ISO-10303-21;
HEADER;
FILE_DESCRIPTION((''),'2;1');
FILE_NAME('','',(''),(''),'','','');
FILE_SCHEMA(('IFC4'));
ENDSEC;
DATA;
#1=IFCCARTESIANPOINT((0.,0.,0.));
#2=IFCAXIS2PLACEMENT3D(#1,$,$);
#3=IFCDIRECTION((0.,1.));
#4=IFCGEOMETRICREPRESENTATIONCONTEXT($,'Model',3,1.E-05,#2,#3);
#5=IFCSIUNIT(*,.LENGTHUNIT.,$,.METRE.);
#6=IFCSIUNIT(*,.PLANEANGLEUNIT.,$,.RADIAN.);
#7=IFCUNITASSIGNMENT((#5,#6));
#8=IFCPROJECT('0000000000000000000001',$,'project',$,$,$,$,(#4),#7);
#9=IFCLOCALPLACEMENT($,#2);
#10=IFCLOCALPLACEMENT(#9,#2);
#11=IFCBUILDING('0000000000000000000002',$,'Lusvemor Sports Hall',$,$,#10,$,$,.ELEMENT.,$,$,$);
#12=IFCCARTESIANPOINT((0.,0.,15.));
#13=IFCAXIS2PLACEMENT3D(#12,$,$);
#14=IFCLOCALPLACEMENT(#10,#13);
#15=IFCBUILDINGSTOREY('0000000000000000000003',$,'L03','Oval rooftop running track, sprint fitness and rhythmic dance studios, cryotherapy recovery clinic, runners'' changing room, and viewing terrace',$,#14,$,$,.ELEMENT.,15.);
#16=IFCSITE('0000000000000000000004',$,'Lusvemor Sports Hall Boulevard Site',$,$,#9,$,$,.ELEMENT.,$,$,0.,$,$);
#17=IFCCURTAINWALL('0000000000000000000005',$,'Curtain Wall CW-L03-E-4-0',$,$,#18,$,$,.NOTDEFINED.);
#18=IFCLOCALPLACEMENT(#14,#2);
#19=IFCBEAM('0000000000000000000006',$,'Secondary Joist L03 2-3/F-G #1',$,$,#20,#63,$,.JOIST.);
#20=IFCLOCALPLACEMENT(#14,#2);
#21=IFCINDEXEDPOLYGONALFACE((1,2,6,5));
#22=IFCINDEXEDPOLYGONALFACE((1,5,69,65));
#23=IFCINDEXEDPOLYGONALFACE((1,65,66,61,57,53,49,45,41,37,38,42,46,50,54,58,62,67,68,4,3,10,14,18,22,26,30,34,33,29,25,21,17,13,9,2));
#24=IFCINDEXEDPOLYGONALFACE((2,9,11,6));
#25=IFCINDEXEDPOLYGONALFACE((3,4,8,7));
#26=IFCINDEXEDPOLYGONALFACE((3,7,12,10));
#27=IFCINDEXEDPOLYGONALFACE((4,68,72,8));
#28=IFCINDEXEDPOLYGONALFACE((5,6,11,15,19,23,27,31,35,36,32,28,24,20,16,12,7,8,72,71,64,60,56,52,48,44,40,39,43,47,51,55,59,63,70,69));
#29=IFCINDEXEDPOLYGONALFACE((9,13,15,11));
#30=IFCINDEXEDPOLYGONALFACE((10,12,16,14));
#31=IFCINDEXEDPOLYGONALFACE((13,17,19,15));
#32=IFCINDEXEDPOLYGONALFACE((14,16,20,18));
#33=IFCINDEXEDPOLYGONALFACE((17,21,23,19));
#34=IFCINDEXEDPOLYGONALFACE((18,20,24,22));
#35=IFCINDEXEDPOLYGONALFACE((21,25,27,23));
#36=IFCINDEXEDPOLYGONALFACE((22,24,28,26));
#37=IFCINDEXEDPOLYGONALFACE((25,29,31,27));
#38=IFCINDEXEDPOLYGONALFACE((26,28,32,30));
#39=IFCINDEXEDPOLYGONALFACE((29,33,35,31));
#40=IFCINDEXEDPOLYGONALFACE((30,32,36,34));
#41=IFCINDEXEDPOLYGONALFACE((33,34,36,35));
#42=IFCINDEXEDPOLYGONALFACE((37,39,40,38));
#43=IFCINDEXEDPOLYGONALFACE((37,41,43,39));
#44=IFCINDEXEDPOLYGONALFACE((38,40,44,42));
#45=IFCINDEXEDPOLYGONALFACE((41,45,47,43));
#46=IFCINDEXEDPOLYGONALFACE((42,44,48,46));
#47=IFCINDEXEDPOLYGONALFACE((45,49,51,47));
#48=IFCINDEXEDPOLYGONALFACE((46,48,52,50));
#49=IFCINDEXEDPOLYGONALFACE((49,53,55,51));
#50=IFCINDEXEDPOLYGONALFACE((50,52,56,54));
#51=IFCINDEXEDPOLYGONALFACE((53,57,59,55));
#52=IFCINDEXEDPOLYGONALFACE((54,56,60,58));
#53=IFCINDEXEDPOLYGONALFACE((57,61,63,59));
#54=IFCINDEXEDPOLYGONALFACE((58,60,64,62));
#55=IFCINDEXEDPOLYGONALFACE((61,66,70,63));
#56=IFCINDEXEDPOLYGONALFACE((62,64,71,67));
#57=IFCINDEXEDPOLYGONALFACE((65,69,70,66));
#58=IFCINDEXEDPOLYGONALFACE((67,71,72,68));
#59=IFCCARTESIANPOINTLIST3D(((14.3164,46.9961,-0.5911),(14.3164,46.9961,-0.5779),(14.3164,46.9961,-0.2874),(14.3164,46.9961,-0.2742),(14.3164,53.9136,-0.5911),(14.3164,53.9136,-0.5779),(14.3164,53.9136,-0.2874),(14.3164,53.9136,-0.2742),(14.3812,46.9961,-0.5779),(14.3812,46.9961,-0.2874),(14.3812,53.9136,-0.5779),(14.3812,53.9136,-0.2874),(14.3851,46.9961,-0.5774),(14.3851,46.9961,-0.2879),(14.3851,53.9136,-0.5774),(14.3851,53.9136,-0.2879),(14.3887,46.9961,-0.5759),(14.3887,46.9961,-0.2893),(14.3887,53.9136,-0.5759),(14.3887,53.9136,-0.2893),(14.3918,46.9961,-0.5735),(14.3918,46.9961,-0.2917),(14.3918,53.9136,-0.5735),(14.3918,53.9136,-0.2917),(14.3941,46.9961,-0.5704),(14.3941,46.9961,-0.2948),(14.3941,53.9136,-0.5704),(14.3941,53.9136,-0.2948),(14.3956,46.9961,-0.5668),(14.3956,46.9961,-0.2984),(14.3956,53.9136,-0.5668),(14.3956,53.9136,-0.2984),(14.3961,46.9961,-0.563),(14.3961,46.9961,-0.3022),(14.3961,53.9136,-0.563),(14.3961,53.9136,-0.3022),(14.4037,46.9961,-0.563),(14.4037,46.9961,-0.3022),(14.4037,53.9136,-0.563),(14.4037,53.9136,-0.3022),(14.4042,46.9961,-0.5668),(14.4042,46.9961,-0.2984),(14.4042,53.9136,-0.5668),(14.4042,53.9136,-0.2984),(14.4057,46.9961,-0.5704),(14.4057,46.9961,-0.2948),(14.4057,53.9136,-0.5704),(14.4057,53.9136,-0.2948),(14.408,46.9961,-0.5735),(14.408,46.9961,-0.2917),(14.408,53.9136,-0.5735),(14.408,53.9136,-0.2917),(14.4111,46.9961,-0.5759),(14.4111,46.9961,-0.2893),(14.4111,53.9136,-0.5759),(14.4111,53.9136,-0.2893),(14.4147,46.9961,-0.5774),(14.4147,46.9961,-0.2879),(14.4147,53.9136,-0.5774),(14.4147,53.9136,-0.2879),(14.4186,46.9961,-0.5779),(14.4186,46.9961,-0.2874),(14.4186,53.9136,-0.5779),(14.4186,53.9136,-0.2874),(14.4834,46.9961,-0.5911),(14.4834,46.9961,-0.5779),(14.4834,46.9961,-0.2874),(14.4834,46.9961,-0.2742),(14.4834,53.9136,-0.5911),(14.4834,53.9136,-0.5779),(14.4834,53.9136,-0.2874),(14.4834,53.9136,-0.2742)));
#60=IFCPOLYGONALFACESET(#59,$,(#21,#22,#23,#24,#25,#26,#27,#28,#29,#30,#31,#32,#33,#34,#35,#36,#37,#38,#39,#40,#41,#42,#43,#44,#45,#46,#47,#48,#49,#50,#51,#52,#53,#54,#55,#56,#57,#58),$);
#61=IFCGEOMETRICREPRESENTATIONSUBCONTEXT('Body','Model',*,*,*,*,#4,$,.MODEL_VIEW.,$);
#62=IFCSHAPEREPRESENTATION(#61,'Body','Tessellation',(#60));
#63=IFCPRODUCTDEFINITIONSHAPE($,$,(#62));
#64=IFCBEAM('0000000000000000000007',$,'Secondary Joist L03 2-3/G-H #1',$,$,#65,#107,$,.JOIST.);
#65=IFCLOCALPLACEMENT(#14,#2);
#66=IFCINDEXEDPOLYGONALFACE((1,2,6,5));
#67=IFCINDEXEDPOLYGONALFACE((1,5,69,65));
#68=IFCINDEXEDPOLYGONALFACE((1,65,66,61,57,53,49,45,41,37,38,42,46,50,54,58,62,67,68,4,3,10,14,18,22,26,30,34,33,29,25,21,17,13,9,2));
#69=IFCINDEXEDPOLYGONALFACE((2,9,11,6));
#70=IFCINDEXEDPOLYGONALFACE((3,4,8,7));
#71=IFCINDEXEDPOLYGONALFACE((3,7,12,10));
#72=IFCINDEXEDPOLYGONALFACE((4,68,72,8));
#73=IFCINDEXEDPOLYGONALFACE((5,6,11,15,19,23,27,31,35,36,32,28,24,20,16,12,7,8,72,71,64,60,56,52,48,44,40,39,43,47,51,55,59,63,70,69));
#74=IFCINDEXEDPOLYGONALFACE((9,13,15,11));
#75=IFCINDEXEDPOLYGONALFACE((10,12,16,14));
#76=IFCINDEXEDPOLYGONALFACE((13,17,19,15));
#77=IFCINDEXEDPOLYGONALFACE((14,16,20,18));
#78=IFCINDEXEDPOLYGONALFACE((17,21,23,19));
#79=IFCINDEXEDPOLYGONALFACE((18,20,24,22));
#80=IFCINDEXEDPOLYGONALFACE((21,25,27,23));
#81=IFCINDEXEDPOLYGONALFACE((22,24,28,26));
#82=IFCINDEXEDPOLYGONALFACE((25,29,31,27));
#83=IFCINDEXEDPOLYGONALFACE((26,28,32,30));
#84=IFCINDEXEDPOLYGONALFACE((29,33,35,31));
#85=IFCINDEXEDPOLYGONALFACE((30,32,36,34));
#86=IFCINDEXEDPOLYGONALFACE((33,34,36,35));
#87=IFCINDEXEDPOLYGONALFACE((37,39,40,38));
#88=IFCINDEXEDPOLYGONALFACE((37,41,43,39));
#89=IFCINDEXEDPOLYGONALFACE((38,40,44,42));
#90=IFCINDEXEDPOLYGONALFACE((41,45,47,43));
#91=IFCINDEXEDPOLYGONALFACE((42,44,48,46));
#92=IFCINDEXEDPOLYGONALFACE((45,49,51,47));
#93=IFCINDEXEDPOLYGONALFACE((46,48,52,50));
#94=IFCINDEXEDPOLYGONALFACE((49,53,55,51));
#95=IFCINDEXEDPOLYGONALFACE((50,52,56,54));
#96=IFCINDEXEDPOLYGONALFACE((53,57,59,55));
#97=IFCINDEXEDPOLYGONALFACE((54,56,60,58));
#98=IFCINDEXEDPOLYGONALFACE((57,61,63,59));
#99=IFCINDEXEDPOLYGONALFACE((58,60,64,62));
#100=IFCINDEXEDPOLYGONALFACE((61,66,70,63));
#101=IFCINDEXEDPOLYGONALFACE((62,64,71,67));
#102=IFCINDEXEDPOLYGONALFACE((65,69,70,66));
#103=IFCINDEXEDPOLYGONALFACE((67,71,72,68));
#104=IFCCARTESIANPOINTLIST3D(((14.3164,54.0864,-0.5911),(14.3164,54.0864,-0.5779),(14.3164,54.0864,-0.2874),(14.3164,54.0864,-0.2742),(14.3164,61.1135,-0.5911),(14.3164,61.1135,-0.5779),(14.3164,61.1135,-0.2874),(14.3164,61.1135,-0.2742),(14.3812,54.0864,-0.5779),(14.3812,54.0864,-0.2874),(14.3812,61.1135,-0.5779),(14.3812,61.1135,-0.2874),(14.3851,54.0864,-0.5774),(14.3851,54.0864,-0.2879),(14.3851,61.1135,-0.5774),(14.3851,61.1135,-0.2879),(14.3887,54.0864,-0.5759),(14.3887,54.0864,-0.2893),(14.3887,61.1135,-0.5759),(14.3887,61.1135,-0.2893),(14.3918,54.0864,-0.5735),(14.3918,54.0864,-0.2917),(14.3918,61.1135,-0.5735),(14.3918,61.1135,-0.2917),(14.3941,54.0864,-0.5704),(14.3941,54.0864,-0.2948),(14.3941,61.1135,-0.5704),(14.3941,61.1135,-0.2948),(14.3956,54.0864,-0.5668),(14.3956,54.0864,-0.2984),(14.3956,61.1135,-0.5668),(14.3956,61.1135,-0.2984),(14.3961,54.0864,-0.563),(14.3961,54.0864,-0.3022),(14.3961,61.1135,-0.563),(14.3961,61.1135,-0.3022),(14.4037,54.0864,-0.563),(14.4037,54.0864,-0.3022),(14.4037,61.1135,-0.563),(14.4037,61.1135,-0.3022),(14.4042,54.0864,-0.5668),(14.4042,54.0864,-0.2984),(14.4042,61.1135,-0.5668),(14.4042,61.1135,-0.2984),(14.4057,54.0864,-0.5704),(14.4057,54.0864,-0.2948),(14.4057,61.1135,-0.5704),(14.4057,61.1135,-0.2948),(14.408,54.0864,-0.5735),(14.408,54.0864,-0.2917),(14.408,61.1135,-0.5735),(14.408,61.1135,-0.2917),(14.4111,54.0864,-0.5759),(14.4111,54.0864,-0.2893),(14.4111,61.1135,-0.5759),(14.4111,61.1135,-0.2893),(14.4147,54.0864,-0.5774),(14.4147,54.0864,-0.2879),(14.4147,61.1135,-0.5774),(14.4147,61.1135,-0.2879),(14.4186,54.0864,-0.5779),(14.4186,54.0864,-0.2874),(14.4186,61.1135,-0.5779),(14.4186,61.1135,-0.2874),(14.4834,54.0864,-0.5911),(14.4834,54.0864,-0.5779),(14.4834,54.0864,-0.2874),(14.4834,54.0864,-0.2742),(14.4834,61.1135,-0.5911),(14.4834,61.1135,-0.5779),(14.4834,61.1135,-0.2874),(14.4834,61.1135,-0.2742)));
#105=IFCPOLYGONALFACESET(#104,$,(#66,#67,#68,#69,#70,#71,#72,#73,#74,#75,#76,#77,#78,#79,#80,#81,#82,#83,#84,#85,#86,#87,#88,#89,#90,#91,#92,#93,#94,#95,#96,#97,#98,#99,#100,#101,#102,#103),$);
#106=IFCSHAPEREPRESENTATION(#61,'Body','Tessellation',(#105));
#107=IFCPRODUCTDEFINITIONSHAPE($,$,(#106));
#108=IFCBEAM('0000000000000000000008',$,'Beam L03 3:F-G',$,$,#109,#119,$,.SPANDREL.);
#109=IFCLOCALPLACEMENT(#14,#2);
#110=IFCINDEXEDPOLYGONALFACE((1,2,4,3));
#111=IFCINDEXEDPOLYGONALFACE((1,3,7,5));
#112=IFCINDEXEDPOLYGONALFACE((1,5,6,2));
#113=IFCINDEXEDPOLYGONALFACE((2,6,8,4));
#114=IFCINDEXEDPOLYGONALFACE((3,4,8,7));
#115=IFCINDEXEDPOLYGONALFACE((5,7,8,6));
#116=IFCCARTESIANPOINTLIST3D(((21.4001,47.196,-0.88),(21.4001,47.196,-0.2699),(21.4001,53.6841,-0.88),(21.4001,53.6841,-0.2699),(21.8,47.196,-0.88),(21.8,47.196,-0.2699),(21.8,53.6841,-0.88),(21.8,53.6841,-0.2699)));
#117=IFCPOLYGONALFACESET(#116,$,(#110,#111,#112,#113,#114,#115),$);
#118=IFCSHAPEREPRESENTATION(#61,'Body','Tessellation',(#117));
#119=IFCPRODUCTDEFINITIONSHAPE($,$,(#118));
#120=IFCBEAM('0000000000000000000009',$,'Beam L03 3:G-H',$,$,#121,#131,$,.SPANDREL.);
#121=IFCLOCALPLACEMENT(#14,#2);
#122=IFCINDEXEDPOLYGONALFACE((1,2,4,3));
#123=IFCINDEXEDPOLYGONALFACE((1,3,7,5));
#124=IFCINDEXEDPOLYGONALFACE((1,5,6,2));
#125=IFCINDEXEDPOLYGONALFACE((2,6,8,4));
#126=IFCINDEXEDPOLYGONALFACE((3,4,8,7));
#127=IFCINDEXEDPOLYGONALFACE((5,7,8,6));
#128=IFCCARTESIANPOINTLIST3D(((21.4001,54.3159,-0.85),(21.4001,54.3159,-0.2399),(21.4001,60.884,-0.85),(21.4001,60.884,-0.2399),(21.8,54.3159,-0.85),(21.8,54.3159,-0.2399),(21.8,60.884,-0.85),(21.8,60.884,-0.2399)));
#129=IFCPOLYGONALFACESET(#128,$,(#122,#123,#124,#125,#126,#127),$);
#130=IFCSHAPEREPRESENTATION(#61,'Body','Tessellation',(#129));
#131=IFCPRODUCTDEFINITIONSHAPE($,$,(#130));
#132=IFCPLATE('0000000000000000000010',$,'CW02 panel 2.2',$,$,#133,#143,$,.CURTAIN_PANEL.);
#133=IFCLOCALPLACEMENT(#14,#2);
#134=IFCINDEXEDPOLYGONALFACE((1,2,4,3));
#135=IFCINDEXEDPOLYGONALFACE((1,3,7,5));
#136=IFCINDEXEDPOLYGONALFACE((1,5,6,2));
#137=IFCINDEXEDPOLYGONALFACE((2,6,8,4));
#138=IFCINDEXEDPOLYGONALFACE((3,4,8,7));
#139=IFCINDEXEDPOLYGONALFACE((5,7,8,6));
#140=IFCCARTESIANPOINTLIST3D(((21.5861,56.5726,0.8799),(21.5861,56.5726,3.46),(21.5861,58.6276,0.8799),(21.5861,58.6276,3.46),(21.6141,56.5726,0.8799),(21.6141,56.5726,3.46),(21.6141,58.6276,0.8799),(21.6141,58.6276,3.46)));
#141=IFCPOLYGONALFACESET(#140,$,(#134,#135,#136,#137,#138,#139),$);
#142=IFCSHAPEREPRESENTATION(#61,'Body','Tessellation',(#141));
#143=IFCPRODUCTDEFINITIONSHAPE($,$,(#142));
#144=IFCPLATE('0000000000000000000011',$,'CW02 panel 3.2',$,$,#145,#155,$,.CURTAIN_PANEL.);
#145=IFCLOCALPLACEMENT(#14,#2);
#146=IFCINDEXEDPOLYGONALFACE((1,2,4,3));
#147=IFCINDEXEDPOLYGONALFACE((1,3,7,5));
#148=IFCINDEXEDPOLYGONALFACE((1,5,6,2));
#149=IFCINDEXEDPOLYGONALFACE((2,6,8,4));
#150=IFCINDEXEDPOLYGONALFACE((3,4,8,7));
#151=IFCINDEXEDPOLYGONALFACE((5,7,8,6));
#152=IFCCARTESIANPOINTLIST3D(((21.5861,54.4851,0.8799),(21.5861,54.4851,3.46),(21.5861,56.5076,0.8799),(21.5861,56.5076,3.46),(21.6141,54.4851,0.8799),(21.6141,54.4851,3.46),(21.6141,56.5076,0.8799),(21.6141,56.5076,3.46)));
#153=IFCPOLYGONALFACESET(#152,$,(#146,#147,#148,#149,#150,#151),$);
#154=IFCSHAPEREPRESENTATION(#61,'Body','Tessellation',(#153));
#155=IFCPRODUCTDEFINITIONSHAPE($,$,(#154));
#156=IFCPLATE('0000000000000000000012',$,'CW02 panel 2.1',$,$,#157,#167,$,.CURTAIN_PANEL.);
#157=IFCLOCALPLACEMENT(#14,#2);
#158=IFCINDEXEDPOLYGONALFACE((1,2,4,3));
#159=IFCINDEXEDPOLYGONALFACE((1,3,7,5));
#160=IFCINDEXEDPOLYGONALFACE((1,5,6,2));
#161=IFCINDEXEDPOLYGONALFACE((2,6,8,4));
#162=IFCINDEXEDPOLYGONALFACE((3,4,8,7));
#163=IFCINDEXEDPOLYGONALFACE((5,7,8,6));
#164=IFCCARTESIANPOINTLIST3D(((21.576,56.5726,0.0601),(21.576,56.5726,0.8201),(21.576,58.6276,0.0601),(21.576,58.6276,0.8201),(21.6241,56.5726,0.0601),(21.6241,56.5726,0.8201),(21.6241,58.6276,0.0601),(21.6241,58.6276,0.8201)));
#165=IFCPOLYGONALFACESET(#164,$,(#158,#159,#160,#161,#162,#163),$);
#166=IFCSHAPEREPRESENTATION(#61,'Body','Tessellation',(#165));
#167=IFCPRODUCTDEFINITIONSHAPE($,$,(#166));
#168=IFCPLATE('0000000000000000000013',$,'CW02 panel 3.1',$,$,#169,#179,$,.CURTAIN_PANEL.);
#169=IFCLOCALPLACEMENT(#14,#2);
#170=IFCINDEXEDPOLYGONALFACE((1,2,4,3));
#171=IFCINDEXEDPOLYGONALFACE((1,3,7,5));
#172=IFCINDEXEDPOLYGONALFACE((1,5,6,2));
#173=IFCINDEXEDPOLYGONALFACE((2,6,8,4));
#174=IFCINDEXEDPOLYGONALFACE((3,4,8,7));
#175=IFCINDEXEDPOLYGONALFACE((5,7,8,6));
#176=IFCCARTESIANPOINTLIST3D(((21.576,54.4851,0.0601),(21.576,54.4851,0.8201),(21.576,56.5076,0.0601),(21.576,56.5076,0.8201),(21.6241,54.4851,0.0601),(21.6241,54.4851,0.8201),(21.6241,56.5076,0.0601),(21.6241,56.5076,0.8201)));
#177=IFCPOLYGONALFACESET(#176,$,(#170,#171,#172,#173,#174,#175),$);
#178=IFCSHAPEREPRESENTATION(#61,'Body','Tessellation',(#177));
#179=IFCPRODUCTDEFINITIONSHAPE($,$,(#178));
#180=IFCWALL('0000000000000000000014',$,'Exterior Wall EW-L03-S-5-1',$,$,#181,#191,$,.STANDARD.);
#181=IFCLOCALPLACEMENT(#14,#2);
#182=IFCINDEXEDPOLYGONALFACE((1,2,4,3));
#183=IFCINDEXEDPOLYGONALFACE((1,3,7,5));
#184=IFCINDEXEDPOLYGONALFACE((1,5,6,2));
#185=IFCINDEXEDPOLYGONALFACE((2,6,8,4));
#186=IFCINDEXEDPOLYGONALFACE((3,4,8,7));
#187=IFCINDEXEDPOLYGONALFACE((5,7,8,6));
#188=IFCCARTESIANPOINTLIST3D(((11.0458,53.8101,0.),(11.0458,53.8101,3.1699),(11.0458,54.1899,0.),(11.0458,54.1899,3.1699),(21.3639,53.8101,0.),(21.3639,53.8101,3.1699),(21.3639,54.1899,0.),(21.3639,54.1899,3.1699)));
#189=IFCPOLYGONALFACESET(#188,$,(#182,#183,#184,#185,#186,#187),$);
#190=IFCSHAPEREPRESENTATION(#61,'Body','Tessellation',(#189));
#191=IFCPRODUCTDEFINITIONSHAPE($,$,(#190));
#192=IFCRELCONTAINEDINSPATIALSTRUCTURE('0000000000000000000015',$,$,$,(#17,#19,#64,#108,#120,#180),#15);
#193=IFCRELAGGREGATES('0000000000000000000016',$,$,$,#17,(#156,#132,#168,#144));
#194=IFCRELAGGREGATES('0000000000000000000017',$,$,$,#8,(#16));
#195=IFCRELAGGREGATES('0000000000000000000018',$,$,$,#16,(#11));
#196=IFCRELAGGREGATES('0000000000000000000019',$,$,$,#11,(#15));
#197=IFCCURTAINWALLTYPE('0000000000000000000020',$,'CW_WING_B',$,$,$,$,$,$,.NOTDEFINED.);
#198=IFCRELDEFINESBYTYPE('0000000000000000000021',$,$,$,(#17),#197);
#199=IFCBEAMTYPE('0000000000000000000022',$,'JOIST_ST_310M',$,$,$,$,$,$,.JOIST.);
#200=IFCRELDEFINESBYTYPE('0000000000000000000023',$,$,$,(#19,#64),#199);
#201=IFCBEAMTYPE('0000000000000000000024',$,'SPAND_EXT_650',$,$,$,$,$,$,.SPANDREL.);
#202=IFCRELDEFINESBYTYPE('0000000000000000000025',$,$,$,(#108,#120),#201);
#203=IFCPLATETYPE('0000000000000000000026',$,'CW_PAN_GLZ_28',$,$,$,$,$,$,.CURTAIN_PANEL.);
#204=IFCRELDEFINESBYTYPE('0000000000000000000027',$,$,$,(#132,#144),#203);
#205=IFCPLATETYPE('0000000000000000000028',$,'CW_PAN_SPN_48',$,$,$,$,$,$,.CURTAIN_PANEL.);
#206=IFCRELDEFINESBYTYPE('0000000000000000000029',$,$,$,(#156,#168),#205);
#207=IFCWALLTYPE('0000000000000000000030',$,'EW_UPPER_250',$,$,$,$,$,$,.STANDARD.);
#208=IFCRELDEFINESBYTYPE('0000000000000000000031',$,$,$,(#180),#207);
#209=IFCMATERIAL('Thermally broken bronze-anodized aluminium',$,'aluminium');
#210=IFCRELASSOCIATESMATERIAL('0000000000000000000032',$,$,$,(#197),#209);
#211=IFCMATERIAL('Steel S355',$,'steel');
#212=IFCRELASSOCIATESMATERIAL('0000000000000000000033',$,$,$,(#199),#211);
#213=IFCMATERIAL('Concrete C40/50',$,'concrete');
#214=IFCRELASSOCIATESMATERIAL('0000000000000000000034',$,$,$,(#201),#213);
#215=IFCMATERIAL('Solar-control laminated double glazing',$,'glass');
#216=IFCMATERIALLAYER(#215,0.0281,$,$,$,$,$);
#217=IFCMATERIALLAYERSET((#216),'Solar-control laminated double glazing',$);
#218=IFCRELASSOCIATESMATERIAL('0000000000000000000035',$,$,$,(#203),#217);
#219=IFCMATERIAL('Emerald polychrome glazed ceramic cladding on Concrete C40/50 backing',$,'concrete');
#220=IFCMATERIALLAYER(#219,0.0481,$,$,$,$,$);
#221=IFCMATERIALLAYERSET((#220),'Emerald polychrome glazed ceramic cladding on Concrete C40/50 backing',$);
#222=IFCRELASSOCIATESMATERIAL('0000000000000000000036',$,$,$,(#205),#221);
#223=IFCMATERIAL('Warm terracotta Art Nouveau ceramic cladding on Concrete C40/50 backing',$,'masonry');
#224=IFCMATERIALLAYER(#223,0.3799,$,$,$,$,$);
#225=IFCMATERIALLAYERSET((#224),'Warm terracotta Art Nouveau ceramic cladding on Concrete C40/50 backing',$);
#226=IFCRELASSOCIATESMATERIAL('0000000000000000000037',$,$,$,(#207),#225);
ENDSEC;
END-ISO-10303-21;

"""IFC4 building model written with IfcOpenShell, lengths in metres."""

from ifc_helpers import new_model, si_unit, direction, frame, frame_2d, origin, origin_2d, place, context, subcontext, project, spatial, rectangle, i_section, extrude, material, layer, layer_set, material_profile, profile_set, type_object, element, aggregate, save


model = new_model("IFC4")

# Units and contexts
model_context = context("Model", 3, precision=1e-05, world=origin(), true_north=direction((0.0, 1.0)))
body_context = subcontext(model_context, "Body", "Model", "MODEL_VIEW")
ifc_project = project(units=[si_unit("LENGTHUNIT", "METRE"), si_unit("PLANEANGLEUNIT", "RADIAN")], contexts=[model_context])

# Site, building, storey
site_placement = place(None, origin())
site = spatial("IfcSite", under=ifc_project, at=site_placement, Name="Lusvemor Sports Hall Boulevard Site", CompositionType="ELEMENT", RefElevation=0.0)
building_placement = place(site_placement, origin())
building = spatial("IfcBuilding", under=site, at=building_placement, Name="Lusvemor Sports Hall", CompositionType="ELEMENT")
storey_placement = place(building_placement, frame((0.0, 0.0, 15.0)))
storey = spatial("IfcBuildingStorey", under=building, at=storey_placement, Name="L03", Description="Oval rooftop running track, sprint fitness and rhythmic dance studios, cryotherapy recovery clinic, runners' changing room, and viewing terrace", CompositionType="ELEMENT", Elevation=15.0)

# Curtain wall
ifc_material_1 = material(Name="Thermally broken bronze-anodized aluminium", Category="aluminium")
curtain_wall_type = type_object("IfcCurtainWallType", Name="CW_WING_B", PredefinedType="NOTDEFINED", material=ifc_material_1)
curtain_wall_placement = place(storey_placement, origin())
curtain_wall = element("IfcCurtainWall", 1, at=curtain_wall_placement, inside=storey, type_object=curtain_wall_type, Name="Curtain Wall CW-L03-E-4-0", PredefinedType="NOTDEFINED")

# Beams
ifc_material_2 = material(Name="Steel S355", Category="steel")
ifc_material_profile_1 = material_profile(ifc_material_2, i_section(OverallWidth=0.167, OverallDepth=0.3169, WebThickness=0.0076, FlangeThickness=0.0132, FilletRadius=0.0149, at=origin_2d()), Name="W310x52.0")
ifc_profile_set_1 = profile_set([ifc_material_profile_1], Name="Steel S355")
beam_type_1 = type_object("IfcBeamType", Name="JOIST_ST_310M", PredefinedType="JOIST", material=ifc_profile_set_1)
beam_1_placement = place(storey_placement, frame((14.3999, 46.9961, -0.4326), z_axis=(0.0, 1.0, 0.0), x_axis=(-1.0, 0.0, 0.0)))
element("IfcBeam", 2, at=beam_1_placement, inside=storey, type_object=beam_type_1, Name="Secondary Joist L03 2-3/F-G #1", PredefinedType="JOIST", context=body_context, shape_type="SweptSolid", body=[
    extrude(i_section(OverallWidth=0.167, OverallDepth=0.3169, WebThickness=0.0076, FlangeThickness=0.0132, FilletRadius=0.0149, at=origin_2d()), origin(), (0.0, 0.0, 1.0), 6.9175),
])
beam_2_placement = place(storey_placement, frame((14.3999, 54.0864, -0.4326), z_axis=(0.0, 1.0, 0.0), x_axis=(-1.0, 0.0, 0.0)))
element("IfcBeam", 3, at=beam_2_placement, inside=storey, type_object=beam_type_1, Name="Secondary Joist L03 2-3/G-H #1", PredefinedType="JOIST", context=body_context, shape_type="SweptSolid", body=[
    extrude(i_section(OverallWidth=0.167, OverallDepth=0.3169, WebThickness=0.0076, FlangeThickness=0.0132, FilletRadius=0.0149, at=origin_2d()), origin(), (0.0, 0.0, 1.0), 7.0271),
])
ifc_material_3 = material(Name="Concrete C40/50", Category="concrete")
ifc_material_profile_2 = material_profile(ifc_material_3, rectangle(XDim=0.3999, YDim=0.6101, at=origin_2d()), Name="RC400x610")
ifc_profile_set_2 = profile_set([ifc_material_profile_2], Name="Concrete C40/50")
beam_type_2 = type_object("IfcBeamType", Name="SPAND_EXT_650", PredefinedType="SPANDREL", material=ifc_profile_set_2)
beam_3_placement = place(storey_placement, frame((21.6001, 47.196, -0.575), z_axis=(0.0, 1.0, 0.0), x_axis=(-1.0, 0.0, 0.0)))
element("IfcBeam", 4, at=beam_3_placement, inside=storey, type_object=beam_type_2, Name="Beam L03 3:F-G", PredefinedType="SPANDREL", context=body_context, shape_type="SweptSolid", body=[
    extrude(rectangle(XDim=0.3999, YDim=0.6101, at=origin_2d()), origin(), (0.0, 0.0, 1.0), 6.488),
])
beam_4_placement = place(storey_placement, frame((21.6001, 54.3159, -0.5449), z_axis=(0.0, 1.0, 0.0), x_axis=(-1.0, 0.0, 0.0)))
element("IfcBeam", 5, at=beam_4_placement, inside=storey, type_object=beam_type_2, Name="Beam L03 3:G-H", PredefinedType="SPANDREL", context=body_context, shape_type="SweptSolid", body=[
    extrude(rectangle(XDim=0.3999, YDim=0.6101, at=origin_2d()), origin(), (0.0, 0.0, 1.0), 6.5681),
])

# Plates
ifc_material_4 = material(Name="Solar-control laminated double glazing", Category="glass")
ifc_layer_1 = layer(ifc_material_4, 0.0281)
ifc_layer_set_1 = layer_set([ifc_layer_1], Name="Solar-control laminated double glazing")
plate_type_1 = type_object("IfcPlateType", Name="CW_PAN_GLZ_28", PredefinedType="CURTAIN_PANEL", material=ifc_layer_set_1)
plate_1_placement = place(storey_placement, frame((21.6001, 57.6001, 0.8799), z_axis=(0.0, 0.0, 1.0), x_axis=(0.0, -1.0, 0.0)))
plate_1 = element("IfcPlate", 6, at=plate_1_placement, type_object=plate_type_1, Name="CW02 panel 2.2", PredefinedType="CURTAIN_PANEL", context=body_context, shape_type="SweptSolid", body=[
    extrude(rectangle(XDim=2.0549, YDim=0.0281, at=origin_2d()), origin(), (0.0, 0.0, 1.0), 2.5801),
])
plate_2_placement = place(storey_placement, frame((21.6001, 55.4963, 0.8799), z_axis=(0.0, 0.0, 1.0), x_axis=(0.0, -1.0, 0.0)))
plate_2 = element("IfcPlate", 7, at=plate_2_placement, type_object=plate_type_1, Name="CW02 panel 3.2", PredefinedType="CURTAIN_PANEL", context=body_context, shape_type="SweptSolid", body=[
    extrude(rectangle(XDim=2.0225, YDim=0.0281, at=origin_2d()), origin(), (0.0, 0.0, 1.0), 2.5801),
])
ifc_material_5 = material(Name="Emerald polychrome glazed ceramic cladding on Concrete C40/50 backing", Category="concrete")
ifc_layer_2 = layer(ifc_material_5, 0.0481)
ifc_layer_set_2 = layer_set([ifc_layer_2], Name="Emerald polychrome glazed ceramic cladding on Concrete C40/50 backing")
plate_type_2 = type_object("IfcPlateType", Name="CW_PAN_SPN_48", PredefinedType="CURTAIN_PANEL", material=ifc_layer_set_2)
plate_3_placement = place(storey_placement, frame((21.6001, 57.6001, 0.0601), z_axis=(0.0, 0.0, 1.0), x_axis=(0.0, -1.0, 0.0)))
plate_3 = element("IfcPlate", 8, at=plate_3_placement, type_object=plate_type_2, Name="CW02 panel 2.1", PredefinedType="CURTAIN_PANEL", context=body_context, shape_type="SweptSolid", body=[
    extrude(rectangle(XDim=2.0549, YDim=0.0481, at=origin_2d()), origin(), (0.0, 0.0, 1.0), 0.76),
])
plate_4_placement = place(storey_placement, frame((21.6001, 55.4963, 0.0601), z_axis=(0.0, 0.0, 1.0), x_axis=(0.0, -1.0, 0.0)))
plate_4 = element("IfcPlate", 9, at=plate_4_placement, type_object=plate_type_2, Name="CW02 panel 3.1", PredefinedType="CURTAIN_PANEL", context=body_context, shape_type="SweptSolid", body=[
    extrude(rectangle(XDim=2.0225, YDim=0.0481, at=origin_2d()), origin(), (0.0, 0.0, 1.0), 0.76),
])
aggregate(curtain_wall, [plate_3, plate_1, plate_4, plate_2])

# Wall
ifc_material_6 = material(Name="Warm terracotta Art Nouveau ceramic cladding on Concrete C40/50 backing", Category="masonry")
ifc_layer_3 = layer(ifc_material_6, 0.3799)
ifc_layer_set_3 = layer_set([ifc_layer_3], Name="Warm terracotta Art Nouveau ceramic cladding on Concrete C40/50 backing")
wall_type_1 = type_object("IfcWallType", Name="EW_UPPER_250", PredefinedType="STANDARD", material=ifc_layer_set_3)
wall_1_placement = place(storey_placement, frame((21.364, 54.0, 0.0), z_axis=(0.0, 0.0, 1.0), x_axis=(-1.0, 0.0, 0.0)))
element("IfcWall", 10, at=wall_1_placement, inside=storey, type_object=wall_type_1, Name="Exterior Wall EW-L03-S-5-1", PredefinedType="STANDARD", context=body_context, shape_type="SweptSolid", body=[
    extrude(rectangle(XDim=10.3181, YDim=0.3799, at=frame_2d((5.1592, 0.0))), origin(), (0.0, 0.0, 1.0), 3.1699),
])

save(model, "model.ifc")
